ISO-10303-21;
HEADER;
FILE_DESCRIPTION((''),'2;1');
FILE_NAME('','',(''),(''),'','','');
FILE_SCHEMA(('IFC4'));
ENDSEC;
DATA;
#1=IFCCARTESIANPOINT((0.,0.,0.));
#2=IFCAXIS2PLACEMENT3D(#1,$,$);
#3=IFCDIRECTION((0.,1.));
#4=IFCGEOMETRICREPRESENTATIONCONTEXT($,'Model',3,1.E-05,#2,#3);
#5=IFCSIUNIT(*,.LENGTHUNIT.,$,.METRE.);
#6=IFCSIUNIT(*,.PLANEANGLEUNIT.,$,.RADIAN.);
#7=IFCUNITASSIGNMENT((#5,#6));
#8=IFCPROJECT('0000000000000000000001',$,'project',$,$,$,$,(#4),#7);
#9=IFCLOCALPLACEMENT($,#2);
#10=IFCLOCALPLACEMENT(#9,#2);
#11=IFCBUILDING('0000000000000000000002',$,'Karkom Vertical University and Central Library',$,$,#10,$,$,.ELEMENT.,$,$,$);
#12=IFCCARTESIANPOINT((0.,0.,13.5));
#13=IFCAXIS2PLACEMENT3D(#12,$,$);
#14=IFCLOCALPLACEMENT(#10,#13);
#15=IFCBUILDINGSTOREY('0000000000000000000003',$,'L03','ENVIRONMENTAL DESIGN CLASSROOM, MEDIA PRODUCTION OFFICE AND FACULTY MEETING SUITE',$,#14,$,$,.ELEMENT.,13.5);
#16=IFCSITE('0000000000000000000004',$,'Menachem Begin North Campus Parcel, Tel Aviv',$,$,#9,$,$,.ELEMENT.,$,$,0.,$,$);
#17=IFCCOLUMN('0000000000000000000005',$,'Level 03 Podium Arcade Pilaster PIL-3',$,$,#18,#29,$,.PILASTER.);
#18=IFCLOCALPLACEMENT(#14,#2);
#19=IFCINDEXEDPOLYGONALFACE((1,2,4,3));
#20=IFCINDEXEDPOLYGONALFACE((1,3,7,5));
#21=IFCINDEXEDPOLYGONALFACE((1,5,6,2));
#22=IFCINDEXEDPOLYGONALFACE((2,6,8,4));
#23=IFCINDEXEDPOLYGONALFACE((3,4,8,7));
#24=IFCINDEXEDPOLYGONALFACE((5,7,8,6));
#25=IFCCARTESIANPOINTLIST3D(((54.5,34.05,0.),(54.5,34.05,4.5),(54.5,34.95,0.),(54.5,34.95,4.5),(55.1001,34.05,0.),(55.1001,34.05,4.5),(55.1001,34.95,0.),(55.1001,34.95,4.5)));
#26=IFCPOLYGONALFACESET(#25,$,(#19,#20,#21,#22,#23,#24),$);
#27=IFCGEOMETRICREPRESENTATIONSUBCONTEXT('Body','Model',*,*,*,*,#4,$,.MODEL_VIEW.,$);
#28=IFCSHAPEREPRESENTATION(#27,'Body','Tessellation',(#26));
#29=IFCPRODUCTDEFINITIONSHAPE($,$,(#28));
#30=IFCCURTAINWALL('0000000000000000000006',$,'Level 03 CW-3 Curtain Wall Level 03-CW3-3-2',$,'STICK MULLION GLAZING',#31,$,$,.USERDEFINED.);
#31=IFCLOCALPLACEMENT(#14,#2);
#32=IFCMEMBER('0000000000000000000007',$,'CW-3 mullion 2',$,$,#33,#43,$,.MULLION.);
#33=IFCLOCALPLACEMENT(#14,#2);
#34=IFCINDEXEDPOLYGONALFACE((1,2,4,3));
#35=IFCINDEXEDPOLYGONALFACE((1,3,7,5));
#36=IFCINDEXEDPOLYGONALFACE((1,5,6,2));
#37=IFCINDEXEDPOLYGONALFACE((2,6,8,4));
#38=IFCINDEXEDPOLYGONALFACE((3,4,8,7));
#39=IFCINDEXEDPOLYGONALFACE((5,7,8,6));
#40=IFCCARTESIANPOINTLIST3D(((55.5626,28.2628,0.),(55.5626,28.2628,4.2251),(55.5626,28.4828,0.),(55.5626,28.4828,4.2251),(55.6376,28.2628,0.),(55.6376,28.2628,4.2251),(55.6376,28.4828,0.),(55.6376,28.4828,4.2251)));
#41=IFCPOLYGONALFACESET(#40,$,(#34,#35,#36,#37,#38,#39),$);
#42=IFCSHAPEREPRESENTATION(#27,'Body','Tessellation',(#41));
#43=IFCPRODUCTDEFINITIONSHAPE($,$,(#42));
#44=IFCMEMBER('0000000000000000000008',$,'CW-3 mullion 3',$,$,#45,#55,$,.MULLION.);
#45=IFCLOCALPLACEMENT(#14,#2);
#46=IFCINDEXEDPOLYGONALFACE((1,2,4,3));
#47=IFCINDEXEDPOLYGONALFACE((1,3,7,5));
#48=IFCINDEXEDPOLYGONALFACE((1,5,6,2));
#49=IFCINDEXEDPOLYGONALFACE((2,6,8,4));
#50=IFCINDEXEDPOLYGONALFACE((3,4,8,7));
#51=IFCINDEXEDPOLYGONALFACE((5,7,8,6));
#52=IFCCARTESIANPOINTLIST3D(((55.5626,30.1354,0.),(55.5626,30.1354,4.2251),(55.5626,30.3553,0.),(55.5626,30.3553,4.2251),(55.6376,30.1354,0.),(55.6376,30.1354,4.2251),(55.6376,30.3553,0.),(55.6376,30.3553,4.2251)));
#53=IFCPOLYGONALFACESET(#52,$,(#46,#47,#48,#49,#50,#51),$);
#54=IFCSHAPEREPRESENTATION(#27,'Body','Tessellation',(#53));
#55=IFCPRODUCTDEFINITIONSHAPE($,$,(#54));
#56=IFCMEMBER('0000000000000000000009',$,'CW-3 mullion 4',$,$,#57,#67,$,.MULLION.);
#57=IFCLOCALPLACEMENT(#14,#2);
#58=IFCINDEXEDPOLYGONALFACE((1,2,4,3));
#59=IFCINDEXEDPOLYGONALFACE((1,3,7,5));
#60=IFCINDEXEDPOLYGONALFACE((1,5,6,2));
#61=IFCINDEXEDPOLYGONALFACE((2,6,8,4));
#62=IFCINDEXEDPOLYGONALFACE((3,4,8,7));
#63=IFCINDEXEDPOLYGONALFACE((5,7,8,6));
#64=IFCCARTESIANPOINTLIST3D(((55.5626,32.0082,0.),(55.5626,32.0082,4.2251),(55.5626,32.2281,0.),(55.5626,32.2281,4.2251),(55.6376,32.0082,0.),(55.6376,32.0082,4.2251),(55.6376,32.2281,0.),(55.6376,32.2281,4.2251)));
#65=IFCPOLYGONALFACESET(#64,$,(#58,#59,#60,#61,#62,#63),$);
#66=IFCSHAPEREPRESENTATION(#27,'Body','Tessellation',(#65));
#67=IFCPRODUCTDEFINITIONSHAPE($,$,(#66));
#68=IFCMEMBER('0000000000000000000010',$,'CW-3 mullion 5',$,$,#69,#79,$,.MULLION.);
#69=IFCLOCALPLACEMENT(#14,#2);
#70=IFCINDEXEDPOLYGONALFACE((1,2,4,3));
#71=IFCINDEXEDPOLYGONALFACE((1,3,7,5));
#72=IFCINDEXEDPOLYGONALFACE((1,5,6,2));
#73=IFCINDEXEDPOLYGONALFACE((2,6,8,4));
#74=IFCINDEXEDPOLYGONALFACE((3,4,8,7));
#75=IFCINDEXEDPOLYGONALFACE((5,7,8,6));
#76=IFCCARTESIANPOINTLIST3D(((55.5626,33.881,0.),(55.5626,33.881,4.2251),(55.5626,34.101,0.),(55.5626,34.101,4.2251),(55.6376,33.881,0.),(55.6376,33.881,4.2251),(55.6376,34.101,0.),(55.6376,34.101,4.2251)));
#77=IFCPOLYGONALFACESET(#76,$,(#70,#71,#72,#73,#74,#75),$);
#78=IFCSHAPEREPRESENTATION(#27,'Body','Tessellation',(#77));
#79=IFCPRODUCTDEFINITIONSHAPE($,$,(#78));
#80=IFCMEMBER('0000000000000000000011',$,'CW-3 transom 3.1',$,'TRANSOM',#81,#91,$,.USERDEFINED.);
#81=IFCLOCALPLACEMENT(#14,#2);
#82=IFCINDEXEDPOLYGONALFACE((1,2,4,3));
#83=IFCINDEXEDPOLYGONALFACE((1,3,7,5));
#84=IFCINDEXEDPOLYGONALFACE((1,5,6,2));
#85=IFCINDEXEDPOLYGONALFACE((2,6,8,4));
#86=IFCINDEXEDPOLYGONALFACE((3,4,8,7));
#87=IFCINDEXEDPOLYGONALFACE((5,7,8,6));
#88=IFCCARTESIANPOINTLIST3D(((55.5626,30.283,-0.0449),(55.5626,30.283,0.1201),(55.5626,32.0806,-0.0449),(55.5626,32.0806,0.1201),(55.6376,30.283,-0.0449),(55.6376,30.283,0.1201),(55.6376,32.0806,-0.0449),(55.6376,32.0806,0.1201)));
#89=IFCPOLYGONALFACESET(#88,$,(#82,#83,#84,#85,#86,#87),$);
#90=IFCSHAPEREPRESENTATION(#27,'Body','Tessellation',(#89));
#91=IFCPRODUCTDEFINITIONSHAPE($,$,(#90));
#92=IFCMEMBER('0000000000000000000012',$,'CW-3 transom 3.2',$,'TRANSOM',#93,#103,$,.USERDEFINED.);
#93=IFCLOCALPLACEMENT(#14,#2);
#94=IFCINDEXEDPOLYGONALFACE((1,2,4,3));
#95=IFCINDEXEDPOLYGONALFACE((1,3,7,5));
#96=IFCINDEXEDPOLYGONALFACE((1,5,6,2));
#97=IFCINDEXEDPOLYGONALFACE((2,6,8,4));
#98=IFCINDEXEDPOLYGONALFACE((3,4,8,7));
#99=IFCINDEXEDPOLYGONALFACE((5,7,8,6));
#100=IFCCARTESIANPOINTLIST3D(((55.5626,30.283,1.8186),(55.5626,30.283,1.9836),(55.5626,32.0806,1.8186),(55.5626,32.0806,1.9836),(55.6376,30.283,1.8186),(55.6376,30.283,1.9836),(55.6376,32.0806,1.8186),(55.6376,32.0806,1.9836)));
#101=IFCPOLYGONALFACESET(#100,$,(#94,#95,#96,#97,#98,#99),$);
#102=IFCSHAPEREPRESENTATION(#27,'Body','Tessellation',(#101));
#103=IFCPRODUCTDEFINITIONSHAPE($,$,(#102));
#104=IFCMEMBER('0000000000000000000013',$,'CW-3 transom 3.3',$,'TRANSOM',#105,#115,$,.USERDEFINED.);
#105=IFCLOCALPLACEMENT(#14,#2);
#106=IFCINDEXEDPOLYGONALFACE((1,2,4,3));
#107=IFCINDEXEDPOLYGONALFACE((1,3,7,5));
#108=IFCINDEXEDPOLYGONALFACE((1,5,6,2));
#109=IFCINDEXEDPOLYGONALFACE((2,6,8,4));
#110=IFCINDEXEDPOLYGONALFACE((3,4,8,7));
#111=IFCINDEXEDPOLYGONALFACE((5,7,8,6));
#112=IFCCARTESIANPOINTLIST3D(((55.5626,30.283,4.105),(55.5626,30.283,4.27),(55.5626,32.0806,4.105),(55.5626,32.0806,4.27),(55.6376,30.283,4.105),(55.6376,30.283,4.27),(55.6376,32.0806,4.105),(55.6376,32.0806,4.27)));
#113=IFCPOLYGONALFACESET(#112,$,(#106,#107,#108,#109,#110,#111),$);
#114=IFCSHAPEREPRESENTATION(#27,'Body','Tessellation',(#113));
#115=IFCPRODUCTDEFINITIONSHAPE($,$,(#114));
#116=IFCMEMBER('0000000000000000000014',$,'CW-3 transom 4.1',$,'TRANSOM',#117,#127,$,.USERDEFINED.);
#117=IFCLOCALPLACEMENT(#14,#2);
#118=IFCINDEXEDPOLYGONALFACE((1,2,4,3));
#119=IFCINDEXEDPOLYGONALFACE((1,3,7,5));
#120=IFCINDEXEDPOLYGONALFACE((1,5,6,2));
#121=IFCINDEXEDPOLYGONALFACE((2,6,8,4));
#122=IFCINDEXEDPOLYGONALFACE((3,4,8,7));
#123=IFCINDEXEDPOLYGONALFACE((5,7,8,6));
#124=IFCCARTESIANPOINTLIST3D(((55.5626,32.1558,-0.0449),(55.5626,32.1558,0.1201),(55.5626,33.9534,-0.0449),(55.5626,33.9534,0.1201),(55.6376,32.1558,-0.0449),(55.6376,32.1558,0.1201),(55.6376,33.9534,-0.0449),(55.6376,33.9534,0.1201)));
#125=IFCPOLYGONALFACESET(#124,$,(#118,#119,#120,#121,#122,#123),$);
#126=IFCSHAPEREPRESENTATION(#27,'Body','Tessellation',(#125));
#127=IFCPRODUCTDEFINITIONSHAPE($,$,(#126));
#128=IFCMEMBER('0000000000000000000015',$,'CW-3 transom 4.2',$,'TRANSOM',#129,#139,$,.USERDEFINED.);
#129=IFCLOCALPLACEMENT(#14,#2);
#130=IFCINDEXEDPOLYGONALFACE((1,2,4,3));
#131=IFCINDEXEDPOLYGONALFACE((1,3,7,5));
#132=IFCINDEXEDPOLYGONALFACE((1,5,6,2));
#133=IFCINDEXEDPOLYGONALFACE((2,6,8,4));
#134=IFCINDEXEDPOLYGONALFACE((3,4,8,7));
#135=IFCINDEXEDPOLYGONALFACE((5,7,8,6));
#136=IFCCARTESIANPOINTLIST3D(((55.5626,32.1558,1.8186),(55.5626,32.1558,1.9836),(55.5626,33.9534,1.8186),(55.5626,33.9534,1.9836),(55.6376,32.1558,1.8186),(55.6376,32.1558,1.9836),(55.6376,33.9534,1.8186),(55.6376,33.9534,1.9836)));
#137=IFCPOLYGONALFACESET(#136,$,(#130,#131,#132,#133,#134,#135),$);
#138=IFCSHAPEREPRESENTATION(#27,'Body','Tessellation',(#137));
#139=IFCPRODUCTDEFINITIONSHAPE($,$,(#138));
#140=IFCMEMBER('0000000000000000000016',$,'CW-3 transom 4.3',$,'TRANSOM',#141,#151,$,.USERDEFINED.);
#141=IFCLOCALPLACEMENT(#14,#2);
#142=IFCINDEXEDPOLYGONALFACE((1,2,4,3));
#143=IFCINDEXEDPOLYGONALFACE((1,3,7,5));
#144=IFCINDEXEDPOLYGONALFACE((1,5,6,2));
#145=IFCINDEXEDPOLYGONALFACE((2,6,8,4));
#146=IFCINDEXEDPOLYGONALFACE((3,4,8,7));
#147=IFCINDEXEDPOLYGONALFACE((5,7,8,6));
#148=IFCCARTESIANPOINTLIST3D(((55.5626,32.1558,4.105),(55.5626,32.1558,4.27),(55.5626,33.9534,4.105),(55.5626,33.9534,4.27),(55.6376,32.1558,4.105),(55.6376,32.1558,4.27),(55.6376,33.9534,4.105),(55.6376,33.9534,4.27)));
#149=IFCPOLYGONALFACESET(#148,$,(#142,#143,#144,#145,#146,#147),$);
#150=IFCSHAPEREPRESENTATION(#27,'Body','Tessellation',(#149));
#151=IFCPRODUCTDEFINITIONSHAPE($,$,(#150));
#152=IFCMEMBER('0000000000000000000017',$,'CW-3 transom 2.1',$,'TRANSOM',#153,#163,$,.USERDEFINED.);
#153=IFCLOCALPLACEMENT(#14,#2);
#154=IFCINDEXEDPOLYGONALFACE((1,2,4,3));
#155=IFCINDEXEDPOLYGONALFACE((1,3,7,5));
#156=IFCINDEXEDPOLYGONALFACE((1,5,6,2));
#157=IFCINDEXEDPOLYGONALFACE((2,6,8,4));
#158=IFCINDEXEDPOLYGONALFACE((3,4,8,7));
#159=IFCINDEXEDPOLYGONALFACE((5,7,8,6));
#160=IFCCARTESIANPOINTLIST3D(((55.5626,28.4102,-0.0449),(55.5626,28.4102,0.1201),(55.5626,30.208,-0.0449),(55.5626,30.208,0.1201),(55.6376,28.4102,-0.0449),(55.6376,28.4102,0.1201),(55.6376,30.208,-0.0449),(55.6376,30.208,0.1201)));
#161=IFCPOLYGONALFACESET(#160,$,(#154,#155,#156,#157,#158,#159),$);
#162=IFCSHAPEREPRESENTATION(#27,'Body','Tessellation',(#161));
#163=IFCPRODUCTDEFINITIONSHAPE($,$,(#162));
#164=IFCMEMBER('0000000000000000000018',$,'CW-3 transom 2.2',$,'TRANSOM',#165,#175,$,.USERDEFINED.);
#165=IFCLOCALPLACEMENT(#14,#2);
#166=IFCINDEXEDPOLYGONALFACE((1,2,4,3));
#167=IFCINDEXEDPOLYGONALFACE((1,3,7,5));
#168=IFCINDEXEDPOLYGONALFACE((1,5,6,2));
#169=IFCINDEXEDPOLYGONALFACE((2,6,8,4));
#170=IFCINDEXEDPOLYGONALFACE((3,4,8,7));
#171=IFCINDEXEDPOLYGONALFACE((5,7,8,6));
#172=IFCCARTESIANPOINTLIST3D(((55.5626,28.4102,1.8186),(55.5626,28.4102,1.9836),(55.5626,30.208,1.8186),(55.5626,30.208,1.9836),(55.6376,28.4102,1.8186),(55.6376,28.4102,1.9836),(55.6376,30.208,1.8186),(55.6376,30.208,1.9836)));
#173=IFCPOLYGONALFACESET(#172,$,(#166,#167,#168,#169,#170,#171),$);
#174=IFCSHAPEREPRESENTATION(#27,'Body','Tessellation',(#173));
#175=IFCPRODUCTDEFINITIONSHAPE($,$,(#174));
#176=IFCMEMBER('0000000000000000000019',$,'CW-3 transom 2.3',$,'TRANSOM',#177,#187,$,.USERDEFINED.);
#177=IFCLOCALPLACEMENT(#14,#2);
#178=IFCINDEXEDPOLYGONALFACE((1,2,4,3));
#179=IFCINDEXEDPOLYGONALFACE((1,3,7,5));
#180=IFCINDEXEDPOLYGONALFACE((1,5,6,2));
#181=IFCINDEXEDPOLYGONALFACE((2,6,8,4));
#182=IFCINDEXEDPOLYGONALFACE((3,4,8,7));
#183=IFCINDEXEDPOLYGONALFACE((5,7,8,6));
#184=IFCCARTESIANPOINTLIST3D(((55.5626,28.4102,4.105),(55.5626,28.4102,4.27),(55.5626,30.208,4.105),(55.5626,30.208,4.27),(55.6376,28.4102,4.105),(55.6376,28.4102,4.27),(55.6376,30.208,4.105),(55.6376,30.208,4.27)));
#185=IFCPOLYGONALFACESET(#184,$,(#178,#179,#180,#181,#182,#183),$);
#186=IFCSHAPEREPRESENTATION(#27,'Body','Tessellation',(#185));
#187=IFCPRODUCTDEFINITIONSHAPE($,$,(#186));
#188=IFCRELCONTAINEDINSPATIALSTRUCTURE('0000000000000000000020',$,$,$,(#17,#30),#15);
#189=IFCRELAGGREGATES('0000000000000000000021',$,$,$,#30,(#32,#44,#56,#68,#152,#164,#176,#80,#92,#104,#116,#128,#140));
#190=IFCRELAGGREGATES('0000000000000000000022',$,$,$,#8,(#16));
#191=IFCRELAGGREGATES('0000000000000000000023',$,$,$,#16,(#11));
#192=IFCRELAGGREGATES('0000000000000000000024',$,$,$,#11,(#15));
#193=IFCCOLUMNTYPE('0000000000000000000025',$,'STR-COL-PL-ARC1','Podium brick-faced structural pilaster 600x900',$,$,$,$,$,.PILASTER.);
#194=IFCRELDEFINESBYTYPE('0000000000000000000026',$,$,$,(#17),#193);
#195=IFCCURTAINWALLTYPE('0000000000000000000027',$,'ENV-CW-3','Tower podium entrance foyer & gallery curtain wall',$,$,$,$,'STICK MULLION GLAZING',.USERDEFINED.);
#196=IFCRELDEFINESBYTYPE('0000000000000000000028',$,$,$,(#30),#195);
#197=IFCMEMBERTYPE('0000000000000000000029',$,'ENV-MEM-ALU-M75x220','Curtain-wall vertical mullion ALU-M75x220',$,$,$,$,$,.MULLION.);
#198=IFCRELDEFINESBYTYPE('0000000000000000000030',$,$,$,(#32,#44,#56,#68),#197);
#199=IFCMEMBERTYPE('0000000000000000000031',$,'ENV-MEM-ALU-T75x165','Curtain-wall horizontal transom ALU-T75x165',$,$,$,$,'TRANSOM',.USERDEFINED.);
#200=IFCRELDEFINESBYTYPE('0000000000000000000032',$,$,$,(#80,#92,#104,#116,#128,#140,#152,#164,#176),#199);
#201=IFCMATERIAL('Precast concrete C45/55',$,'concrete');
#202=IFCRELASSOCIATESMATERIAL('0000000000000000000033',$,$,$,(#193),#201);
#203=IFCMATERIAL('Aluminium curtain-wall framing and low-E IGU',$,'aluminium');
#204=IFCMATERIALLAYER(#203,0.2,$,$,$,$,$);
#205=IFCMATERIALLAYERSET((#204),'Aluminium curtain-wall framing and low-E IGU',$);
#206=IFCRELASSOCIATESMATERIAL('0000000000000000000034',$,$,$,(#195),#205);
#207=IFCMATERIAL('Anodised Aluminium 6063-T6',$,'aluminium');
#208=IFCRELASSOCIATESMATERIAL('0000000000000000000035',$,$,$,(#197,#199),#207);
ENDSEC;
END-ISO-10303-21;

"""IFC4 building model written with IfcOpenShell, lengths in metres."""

from ifc_helpers import new_model, si_unit, direction, frame, origin, origin_with_axes, origin_2d, place, context, subcontext, project, spatial, rectangle, extrude, source, transform, mapped, material, layer, layer_set, material_profile, profile_set, type_object, element, aggregate, save


model = new_model("IFC4")

# Units and contexts
model_context = context("Model", 3, precision=1e-05, world=origin(), true_north=direction((0.0, 1.0)))
body_context = subcontext(model_context, "Body", "Model", "MODEL_VIEW")
ifc_project = project(units=[si_unit("LENGTHUNIT", "METRE"), si_unit("PLANEANGLEUNIT", "RADIAN")], contexts=[model_context])

# Site, building, storey
site_placement = place(None, origin())
site = spatial("IfcSite", under=ifc_project, at=site_placement, Name="Menachem Begin North Campus Parcel, Tel Aviv", CompositionType="ELEMENT", RefElevation=0.0)
building_placement = place(site_placement, origin())
building = spatial("IfcBuilding", under=site, at=building_placement, Name="Karkom Vertical University and Central Library", CompositionType="ELEMENT")
storey_placement = place(building_placement, frame((0.0, 0.0, 13.5)))
storey = spatial("IfcBuildingStorey", under=building, at=storey_placement, Name="L03", Description="ENVIRONMENTAL DESIGN CLASSROOM, MEDIA PRODUCTION OFFICE AND FACULTY MEETING SUITE", CompositionType="ELEMENT", Elevation=13.5)

# Column
ifc_material_1 = material(Name="Precast concrete C45/55", Category="concrete")
ifc_material_profile_1 = material_profile(ifc_material_1, rectangle(XDim=0.6001, YDim=0.8999, at=origin_2d()), Name="PIL-600x900")
ifc_profile_set_1 = profile_set([ifc_material_profile_1], Name="Precast concrete C45/55")
column_type = type_object("IfcColumnType", Name="STR-COL-PL-ARC1", Description="Podium brick-faced structural pilaster 600x900", PredefinedType="PILASTER", material=ifc_profile_set_1)
shared_shape_1 = source(origin_with_axes(), body_context, "Body", "SweptSolid", [
    extrude(rectangle(XDim=0.6001, YDim=0.8999, at=origin_2d()), origin(), (0.0, 0.0, 1.0), 4.5),
])
column_placement = place(storey_placement, frame((54.8, 34.5, 0.0), z_axis=(0.0, 0.0, 1.0), x_axis=(1.0, 0.0, 0.0)))
element("IfcColumn", 1, at=column_placement, inside=storey, type_object=column_type, Name="Level 03 Podium Arcade Pilaster PIL-3", PredefinedType="PILASTER", context=body_context, shape_type="MappedRepresentation", body=[
    mapped(shared_shape_1, transform((0.0, 0.0, 0.0), scale=1.0)),
])

# Curtain wall, members
ifc_material_2 = material(Name="Aluminium curtain-wall framing and low-E IGU", Category="aluminium")
ifc_layer_1 = layer(ifc_material_2, 0.2)
ifc_layer_set_1 = layer_set([ifc_layer_1], Name="Aluminium curtain-wall framing and low-E IGU")
curtain_wall_type = type_object("IfcCurtainWallType", Name="ENV-CW-3", Description="Tower podium entrance foyer & gallery curtain wall", ElementType="STICK MULLION GLAZING", PredefinedType="USERDEFINED", material=ifc_layer_set_1)
curtain_wall_placement = place(storey_placement, origin())
curtain_wall = element("IfcCurtainWall", 2, at=curtain_wall_placement, inside=storey, type_object=curtain_wall_type, Name="Level 03 CW-3 Curtain Wall Level 03-CW3-3-2", ObjectType="STICK MULLION GLAZING", PredefinedType="USERDEFINED")
ifc_material_3 = material(Name="Anodised Aluminium 6063-T6", Category="aluminium")
ifc_material_profile_2 = material_profile(ifc_material_3, rectangle(XDim=0.075, YDim=0.22, at=origin_2d()), Name="ALU-M75x220")
ifc_profile_set_2 = profile_set([ifc_material_profile_2], Name="Anodised Aluminium 6063-T6")
member_type_1 = type_object("IfcMemberType", Name="ENV-MEM-ALU-M75x220", Description="Curtain-wall vertical mullion ALU-M75x220", PredefinedType="MULLION", material=ifc_profile_set_2)
shared_shape_2 = source(origin_with_axes(), body_context, "Body", "SweptSolid", [
    extrude(rectangle(XDim=0.075, YDim=0.22, at=origin_2d()), origin(), (0.0, 0.0, 1.0), 4.2251),
])
member_1_placement = place(storey_placement, frame((55.6001, 28.3728, 0.0), z_axis=(0.0, 0.0, 1.0), x_axis=(-1.0, 0.0, 0.0)))
member_1 = element("IfcMember", 3, at=member_1_placement, type_object=member_type_1, Name="CW-3 mullion 2", PredefinedType="MULLION", context=body_context, shape_type="MappedRepresentation", body=[
    mapped(shared_shape_2, transform((0.0, 0.0, 0.0), scale=1.0)),
])
member_2_placement = place(storey_placement, frame((55.6001, 30.2454, 0.0), z_axis=(0.0, 0.0, 1.0), x_axis=(-1.0, 0.0, 0.0)))
member_2 = element("IfcMember", 4, at=member_2_placement, type_object=member_type_1, Name="CW-3 mullion 3", PredefinedType="MULLION", context=body_context, shape_type="MappedRepresentation", body=[
    mapped(shared_shape_2, transform((0.0, 0.0, 0.0), scale=1.0)),
])
member_3_placement = place(storey_placement, frame((55.6001, 32.1182, 0.0), z_axis=(0.0, 0.0, 1.0), x_axis=(-1.0, 0.0, 0.0)))
member_3 = element("IfcMember", 5, at=member_3_placement, type_object=member_type_1, Name="CW-3 mullion 4", PredefinedType="MULLION", context=body_context, shape_type="MappedRepresentation", body=[
    mapped(shared_shape_2, transform((0.0, 0.0, 0.0), scale=1.0)),
])
member_4_placement = place(storey_placement, frame((55.6001, 33.991, 0.0), z_axis=(0.0, 0.0, 1.0), x_axis=(-1.0, 0.0, 0.0)))
member_4 = element("IfcMember", 6, at=member_4_placement, type_object=member_type_1, Name="CW-3 mullion 5", PredefinedType="MULLION", context=body_context, shape_type="MappedRepresentation", body=[
    mapped(shared_shape_2, transform((0.0, 0.0, 0.0), scale=1.0)),
])
ifc_material_profile_3 = material_profile(ifc_material_3, rectangle(XDim=0.075, YDim=0.165, at=origin_2d()), Name="ALU-T75x165")
ifc_profile_set_3 = profile_set([ifc_material_profile_3], Name="Anodised Aluminium 6063-T6")
member_type_2 = type_object("IfcMemberType", Name="ENV-MEM-ALU-T75x165", Description="Curtain-wall horizontal transom ALU-T75x165", ElementType="TRANSOM", PredefinedType="USERDEFINED", material=ifc_profile_set_3)
shared_shape_3 = source(origin_with_axes(), body_context, "Body", "SweptSolid", [
    extrude(rectangle(XDim=0.075, YDim=0.165, at=origin_2d()), origin(), (0.0, 0.0, 1.0), 1.7976),
])
member_5_placement = place(storey_placement, frame((55.6001, 30.283, 0.0376), z_axis=(0.0, 1.0, 0.0), x_axis=(-1.0, 0.0, 0.0)))
member_5 = element("IfcMember", 7, at=member_5_placement, type_object=member_type_2, Name="CW-3 transom 3.1", ObjectType="TRANSOM", PredefinedType="USERDEFINED", context=body_context, shape_type="MappedRepresentation", body=[
    mapped(shared_shape_3, transform((0.0, 0.0, 0.0), scale=1.0)),
])
member_6_placement = place(storey_placement, frame((55.6001, 30.283, 1.9011), z_axis=(0.0, 1.0, 0.0), x_axis=(-1.0, 0.0, 0.0)))
member_6 = element("IfcMember", 8, at=member_6_placement, type_object=member_type_2, Name="CW-3 transom 3.2", ObjectType="TRANSOM", PredefinedType="USERDEFINED", context=body_context, shape_type="MappedRepresentation", body=[
    mapped(shared_shape_3, transform((0.0, 0.0, 0.0), scale=1.0)),
])
member_7_placement = place(storey_placement, frame((55.6001, 30.283, 4.1875), z_axis=(0.0, 1.0, 0.0), x_axis=(-1.0, 0.0, 0.0)))
member_7 = element("IfcMember", 9, at=member_7_placement, type_object=member_type_2, Name="CW-3 transom 3.3", ObjectType="TRANSOM", PredefinedType="USERDEFINED", context=body_context, shape_type="MappedRepresentation", body=[
    mapped(shared_shape_3, transform((0.0, 0.0, 0.0), scale=1.0)),
])
member_8_placement = place(storey_placement, frame((55.6001, 32.1558, 0.0376), z_axis=(0.0, 1.0, 0.0), x_axis=(-1.0, 0.0, 0.0)))
member_8 = element("IfcMember", 10, at=member_8_placement, type_object=member_type_2, Name="CW-3 transom 4.1", ObjectType="TRANSOM", PredefinedType="USERDEFINED", context=body_context, shape_type="MappedRepresentation", body=[
    mapped(shared_shape_3, transform((0.0, 0.0, 0.0), scale=1.0)),
])
member_9_placement = place(storey_placement, frame((55.6001, 32.1558, 1.9011), z_axis=(0.0, 1.0, 0.0), x_axis=(-1.0, 0.0, 0.0)))
member_9 = element("IfcMember", 11, at=member_9_placement, type_object=member_type_2, Name="CW-3 transom 4.2", ObjectType="TRANSOM", PredefinedType="USERDEFINED", context=body_context, shape_type="MappedRepresentation", body=[
    mapped(shared_shape_3, transform((0.0, 0.0, 0.0), scale=1.0)),
])
member_10_placement = place(storey_placement, frame((55.6001, 32.1558, 4.1875), z_axis=(0.0, 1.0, 0.0), x_axis=(-1.0, 0.0, 0.0)))
member_10 = element("IfcMember", 12, at=member_10_placement, type_object=member_type_2, Name="CW-3 transom 4.3", ObjectType="TRANSOM", PredefinedType="USERDEFINED", context=body_context, shape_type="MappedRepresentation", body=[
    mapped(shared_shape_3, transform((0.0, 0.0, 0.0), scale=1.0)),
])
shared_shape_4 = source(origin_with_axes(), body_context, "Body", "SweptSolid", [
    extrude(rectangle(XDim=0.075, YDim=0.165, at=origin_2d()), origin(), (0.0, 0.0, 1.0), 1.7979),
])
member_11_placement = place(storey_placement, frame((55.6001, 28.4102, 0.0376), z_axis=(0.0, 1.0, 0.0), x_axis=(-1.0, 0.0, 0.0)))
member_11 = element("IfcMember", 13, at=member_11_placement, type_object=member_type_2, Name="CW-3 transom 2.1", ObjectType="TRANSOM", PredefinedType="USERDEFINED", context=body_context, shape_type="MappedRepresentation", body=[
    mapped(shared_shape_4, transform((0.0, 0.0, 0.0), scale=1.0)),
])
member_12_placement = place(storey_placement, frame((55.6001, 28.4102, 1.9011), z_axis=(0.0, 1.0, 0.0), x_axis=(-1.0, 0.0, 0.0)))
member_12 = element("IfcMember", 14, at=member_12_placement, type_object=member_type_2, Name="CW-3 transom 2.2", ObjectType="TRANSOM", PredefinedType="USERDEFINED", context=body_context, shape_type="MappedRepresentation", body=[
    mapped(shared_shape_4, transform((0.0, 0.0, 0.0), scale=1.0)),
])
member_13_placement = place(storey_placement, frame((55.6001, 28.4102, 4.1875), z_axis=(0.0, 1.0, 0.0), x_axis=(-1.0, 0.0, 0.0)))
member_13 = element("IfcMember", 15, at=member_13_placement, type_object=member_type_2, Name="CW-3 transom 2.3", ObjectType="TRANSOM", PredefinedType="USERDEFINED", context=body_context, shape_type="MappedRepresentation", body=[
    mapped(shared_shape_4, transform((0.0, 0.0, 0.0), scale=1.0)),
])
aggregate(curtain_wall, [member_1, member_2, member_3, member_4, member_11, member_12, member_13, member_5, member_6, member_7, member_8, member_9, member_10])

save(model, "model.ifc")
